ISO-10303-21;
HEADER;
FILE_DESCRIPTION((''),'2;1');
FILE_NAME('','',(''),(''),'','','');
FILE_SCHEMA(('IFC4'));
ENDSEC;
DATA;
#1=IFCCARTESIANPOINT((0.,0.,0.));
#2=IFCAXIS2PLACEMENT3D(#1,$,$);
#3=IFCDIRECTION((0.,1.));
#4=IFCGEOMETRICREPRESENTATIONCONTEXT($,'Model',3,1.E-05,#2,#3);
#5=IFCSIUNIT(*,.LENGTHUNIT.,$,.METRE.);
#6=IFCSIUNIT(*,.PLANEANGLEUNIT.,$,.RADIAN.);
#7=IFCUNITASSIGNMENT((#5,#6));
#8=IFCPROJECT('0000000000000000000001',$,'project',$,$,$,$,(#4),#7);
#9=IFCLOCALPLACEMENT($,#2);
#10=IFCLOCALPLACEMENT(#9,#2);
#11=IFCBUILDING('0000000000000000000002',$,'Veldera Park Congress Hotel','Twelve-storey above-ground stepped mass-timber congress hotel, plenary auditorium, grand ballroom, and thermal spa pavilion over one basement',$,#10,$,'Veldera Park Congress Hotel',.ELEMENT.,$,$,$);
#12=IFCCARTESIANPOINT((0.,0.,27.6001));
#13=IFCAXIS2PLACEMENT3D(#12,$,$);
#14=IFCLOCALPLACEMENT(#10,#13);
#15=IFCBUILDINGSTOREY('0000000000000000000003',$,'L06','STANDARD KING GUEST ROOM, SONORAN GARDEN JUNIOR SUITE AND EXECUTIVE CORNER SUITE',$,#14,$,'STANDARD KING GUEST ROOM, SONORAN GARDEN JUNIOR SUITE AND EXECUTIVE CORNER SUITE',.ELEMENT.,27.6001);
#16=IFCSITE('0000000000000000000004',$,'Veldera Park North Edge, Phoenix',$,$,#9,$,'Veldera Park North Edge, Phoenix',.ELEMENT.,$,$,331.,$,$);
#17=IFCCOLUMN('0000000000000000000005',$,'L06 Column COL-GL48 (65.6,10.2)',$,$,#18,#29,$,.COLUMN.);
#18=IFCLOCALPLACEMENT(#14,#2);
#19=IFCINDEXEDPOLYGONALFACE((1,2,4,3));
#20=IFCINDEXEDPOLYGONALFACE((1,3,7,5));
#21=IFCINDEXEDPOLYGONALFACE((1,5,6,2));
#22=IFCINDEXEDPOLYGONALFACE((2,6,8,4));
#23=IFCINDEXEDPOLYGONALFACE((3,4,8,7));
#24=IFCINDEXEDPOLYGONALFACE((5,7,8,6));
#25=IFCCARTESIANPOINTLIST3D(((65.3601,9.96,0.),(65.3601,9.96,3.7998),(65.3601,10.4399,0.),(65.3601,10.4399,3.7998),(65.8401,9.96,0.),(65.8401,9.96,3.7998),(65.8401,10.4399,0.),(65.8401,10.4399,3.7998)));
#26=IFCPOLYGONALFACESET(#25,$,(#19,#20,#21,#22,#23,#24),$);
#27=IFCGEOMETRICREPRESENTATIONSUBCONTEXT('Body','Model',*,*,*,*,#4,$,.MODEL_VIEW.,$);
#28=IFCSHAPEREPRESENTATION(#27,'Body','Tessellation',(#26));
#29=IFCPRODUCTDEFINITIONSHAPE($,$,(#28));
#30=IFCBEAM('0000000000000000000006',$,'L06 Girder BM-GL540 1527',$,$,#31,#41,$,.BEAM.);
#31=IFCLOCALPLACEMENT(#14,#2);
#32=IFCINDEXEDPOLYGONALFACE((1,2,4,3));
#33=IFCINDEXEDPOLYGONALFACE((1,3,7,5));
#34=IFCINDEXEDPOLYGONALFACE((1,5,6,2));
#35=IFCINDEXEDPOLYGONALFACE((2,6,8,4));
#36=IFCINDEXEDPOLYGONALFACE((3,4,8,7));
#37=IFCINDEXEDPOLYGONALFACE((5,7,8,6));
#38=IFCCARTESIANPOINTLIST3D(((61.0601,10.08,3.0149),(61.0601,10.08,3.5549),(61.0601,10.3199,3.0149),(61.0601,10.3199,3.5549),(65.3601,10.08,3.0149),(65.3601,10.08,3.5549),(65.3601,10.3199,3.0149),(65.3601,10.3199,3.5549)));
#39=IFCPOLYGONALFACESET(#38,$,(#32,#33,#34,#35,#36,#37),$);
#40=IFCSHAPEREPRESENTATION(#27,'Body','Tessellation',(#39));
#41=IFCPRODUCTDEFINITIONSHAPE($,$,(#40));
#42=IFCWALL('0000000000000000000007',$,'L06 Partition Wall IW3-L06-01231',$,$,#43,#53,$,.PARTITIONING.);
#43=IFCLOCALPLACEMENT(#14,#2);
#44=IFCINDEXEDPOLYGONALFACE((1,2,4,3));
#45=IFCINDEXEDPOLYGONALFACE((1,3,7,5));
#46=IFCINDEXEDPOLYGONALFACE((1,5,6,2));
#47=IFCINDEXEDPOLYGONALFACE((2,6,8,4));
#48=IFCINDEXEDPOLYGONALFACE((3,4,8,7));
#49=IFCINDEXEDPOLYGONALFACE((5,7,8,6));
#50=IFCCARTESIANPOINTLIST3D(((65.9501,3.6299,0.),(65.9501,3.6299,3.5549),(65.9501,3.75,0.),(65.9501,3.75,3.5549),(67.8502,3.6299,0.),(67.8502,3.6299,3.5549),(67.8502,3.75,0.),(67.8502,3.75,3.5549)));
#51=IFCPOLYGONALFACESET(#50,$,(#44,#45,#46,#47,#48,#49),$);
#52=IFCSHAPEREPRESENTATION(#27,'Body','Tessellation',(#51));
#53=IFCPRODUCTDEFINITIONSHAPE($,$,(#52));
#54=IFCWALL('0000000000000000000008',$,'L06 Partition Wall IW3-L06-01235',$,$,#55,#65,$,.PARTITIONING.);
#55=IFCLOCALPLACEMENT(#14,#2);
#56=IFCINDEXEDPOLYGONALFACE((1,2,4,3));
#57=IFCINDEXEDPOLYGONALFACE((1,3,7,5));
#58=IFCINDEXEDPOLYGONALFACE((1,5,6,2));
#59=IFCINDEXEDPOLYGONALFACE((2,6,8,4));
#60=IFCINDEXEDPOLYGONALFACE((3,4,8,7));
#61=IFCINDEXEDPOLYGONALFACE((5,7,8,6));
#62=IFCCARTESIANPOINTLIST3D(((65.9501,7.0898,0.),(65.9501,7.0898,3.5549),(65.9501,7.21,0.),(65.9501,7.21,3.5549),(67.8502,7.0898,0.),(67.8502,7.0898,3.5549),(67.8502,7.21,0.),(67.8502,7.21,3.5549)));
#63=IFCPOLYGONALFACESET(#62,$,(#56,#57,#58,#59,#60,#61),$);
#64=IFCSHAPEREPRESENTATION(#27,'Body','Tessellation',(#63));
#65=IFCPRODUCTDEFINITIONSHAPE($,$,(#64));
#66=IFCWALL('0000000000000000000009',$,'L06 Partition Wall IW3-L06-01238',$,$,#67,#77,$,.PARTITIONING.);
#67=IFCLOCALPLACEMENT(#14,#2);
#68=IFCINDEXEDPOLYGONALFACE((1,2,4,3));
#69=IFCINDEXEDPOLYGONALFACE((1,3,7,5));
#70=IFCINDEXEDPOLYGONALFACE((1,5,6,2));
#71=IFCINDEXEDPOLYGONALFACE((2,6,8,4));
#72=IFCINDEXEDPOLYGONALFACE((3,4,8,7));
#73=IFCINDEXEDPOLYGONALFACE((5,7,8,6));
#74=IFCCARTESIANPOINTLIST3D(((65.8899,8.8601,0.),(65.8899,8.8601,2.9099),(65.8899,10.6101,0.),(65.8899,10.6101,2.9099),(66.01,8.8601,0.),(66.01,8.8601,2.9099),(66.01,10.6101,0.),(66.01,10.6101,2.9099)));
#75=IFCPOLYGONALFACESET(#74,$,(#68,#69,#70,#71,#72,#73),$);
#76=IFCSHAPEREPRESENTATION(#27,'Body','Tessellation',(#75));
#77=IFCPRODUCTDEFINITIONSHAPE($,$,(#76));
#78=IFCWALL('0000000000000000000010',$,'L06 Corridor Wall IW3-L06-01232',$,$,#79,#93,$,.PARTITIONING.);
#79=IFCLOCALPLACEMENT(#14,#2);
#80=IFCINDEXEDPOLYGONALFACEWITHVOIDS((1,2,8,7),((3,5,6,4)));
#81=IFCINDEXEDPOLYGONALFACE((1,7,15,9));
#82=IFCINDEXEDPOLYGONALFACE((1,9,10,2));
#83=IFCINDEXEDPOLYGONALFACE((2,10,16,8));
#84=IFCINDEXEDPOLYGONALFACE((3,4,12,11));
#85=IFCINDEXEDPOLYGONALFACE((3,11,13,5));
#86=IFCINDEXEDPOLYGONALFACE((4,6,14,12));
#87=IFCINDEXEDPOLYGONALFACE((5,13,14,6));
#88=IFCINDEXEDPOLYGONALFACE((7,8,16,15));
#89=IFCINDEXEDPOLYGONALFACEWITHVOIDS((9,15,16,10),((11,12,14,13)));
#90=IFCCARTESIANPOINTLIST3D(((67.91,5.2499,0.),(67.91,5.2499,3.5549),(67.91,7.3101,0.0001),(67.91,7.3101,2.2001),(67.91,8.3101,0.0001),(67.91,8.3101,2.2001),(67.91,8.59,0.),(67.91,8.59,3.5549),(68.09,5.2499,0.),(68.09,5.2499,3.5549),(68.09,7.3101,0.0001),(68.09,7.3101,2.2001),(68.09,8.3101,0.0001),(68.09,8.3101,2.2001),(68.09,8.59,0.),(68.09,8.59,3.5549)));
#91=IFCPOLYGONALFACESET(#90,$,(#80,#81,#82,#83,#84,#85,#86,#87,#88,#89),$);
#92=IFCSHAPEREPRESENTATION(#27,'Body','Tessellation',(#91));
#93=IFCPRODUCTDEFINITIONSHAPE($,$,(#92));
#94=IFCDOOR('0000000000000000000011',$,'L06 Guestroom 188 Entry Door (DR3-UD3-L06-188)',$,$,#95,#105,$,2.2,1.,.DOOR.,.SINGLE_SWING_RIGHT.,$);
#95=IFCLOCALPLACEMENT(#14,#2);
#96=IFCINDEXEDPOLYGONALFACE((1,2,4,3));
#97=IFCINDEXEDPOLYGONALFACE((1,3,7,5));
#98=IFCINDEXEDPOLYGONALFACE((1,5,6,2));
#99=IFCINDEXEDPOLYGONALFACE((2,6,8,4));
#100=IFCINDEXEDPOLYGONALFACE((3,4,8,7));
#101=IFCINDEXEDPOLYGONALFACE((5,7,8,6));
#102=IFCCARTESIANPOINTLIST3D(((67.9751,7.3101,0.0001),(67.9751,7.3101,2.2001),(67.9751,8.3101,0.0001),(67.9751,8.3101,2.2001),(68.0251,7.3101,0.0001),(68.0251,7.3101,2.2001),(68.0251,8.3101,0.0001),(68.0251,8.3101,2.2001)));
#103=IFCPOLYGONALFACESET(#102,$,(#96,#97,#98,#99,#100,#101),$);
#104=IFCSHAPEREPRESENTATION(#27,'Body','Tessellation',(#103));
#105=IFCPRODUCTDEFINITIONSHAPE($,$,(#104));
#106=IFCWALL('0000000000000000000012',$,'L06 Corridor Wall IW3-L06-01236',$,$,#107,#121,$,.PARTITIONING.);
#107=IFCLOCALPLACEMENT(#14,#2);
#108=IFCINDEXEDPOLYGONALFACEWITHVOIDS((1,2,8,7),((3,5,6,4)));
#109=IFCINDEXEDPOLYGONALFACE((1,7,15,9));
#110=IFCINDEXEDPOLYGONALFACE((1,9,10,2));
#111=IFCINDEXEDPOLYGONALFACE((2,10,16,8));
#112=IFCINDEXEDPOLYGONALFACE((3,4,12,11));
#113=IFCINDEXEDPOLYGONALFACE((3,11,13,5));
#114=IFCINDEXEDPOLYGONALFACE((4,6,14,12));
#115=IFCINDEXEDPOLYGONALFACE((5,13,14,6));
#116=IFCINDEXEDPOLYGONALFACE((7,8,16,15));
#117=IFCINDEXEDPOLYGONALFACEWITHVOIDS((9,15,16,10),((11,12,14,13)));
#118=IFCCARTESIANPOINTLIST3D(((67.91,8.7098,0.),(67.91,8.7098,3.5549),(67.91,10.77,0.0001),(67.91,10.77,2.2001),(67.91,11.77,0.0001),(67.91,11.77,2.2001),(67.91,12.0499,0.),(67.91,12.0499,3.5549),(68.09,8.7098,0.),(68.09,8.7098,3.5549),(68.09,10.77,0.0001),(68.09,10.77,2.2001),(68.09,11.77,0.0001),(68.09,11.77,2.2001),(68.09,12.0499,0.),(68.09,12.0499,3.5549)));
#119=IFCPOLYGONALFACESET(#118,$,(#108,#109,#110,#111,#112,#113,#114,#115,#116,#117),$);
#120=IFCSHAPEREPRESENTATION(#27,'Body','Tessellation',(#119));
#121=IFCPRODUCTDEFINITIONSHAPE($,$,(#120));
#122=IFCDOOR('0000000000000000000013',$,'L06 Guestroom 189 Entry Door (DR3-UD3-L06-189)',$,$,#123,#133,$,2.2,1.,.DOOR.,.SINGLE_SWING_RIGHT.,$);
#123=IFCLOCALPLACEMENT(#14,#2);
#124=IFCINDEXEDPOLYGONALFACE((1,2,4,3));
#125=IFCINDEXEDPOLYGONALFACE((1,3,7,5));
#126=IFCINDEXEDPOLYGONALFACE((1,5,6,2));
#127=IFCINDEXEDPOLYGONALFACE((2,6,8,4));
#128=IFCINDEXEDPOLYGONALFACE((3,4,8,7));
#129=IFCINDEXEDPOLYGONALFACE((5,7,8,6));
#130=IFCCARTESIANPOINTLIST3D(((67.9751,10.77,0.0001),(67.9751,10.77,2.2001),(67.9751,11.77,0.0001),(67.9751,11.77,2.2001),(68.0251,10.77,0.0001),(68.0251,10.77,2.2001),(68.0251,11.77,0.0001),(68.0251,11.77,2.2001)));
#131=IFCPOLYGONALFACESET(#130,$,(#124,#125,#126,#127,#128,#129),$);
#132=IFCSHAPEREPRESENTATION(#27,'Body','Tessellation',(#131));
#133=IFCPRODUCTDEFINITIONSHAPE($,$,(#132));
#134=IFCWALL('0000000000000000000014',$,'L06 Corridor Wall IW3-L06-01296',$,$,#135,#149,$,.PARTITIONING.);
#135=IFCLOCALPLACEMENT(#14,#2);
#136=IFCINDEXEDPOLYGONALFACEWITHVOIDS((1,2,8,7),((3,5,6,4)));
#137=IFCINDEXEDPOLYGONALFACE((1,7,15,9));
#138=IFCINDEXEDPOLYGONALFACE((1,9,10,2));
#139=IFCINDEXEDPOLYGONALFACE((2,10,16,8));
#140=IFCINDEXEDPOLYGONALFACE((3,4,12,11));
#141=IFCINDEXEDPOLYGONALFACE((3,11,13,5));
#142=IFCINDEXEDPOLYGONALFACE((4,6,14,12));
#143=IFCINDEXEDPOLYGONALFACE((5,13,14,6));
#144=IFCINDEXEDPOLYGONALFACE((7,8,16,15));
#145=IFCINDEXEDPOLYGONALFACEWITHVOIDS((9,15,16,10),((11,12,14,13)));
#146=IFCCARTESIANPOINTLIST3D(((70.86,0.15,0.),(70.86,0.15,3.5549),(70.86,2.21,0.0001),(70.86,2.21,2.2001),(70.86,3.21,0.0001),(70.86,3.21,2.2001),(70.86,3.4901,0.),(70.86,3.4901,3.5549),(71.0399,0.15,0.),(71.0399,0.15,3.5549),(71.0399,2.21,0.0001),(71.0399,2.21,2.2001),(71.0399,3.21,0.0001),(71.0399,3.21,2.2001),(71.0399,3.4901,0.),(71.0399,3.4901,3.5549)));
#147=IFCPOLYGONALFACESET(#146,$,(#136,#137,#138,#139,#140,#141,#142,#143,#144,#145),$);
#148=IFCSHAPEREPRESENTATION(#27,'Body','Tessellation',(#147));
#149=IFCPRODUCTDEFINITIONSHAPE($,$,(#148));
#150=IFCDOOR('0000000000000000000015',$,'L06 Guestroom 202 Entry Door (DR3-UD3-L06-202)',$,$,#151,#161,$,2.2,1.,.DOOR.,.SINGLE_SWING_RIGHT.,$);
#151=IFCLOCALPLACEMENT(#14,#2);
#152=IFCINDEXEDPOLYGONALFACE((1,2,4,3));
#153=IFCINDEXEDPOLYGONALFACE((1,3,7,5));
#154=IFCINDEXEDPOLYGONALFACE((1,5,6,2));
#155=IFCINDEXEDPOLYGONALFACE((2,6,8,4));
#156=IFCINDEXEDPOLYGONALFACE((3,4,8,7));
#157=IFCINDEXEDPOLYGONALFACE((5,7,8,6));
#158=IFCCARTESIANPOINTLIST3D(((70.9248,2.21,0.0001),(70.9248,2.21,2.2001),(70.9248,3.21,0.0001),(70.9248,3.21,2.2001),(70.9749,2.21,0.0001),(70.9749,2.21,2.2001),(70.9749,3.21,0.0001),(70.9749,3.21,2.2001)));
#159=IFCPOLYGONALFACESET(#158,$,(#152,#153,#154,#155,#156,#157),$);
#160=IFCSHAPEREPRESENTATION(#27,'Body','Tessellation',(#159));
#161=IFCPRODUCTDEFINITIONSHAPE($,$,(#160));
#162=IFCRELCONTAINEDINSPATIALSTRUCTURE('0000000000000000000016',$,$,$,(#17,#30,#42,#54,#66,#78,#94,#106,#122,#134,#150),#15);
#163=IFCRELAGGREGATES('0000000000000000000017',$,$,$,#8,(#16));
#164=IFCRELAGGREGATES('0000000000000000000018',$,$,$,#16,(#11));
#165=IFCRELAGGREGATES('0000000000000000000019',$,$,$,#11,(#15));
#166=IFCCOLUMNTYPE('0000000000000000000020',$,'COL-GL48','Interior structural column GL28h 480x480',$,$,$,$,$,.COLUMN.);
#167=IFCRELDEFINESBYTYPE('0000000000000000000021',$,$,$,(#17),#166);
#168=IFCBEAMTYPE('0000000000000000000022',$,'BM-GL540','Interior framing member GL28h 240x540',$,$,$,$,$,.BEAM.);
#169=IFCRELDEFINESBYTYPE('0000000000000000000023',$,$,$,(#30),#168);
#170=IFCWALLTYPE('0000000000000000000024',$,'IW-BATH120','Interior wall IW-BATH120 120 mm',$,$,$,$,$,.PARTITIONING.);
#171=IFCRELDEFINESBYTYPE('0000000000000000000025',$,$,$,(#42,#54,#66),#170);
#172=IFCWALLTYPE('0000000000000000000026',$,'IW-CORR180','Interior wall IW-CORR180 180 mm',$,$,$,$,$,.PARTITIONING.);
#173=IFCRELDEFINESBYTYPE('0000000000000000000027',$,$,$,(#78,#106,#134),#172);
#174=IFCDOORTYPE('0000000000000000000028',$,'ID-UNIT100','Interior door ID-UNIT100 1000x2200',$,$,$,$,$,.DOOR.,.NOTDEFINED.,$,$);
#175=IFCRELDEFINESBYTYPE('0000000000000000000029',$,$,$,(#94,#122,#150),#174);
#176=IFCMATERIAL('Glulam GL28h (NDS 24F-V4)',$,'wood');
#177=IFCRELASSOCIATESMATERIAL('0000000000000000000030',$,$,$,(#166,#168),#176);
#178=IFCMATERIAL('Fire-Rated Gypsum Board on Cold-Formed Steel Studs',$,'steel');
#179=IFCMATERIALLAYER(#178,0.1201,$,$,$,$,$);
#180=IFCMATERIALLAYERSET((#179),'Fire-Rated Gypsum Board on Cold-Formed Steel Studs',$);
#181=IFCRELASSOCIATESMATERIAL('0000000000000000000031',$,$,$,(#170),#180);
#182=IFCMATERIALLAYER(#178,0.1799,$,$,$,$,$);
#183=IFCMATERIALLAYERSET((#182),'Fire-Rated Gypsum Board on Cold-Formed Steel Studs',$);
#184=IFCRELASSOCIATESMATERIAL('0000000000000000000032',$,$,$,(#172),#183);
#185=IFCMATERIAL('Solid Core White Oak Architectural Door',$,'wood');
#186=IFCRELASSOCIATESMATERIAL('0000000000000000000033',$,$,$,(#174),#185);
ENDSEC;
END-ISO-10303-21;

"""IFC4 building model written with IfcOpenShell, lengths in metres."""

from ifc_helpers import new_model, si_unit, direction, frame, frame_2d, origin, origin_2d, place, context, subcontext, project, spatial, rectangle, extrude, material, layer, layer_set, material_profile, profile_set, type_object, element, fill, save


model = new_model("IFC4")

# Units and contexts
model_context = context("Model", 3, precision=1e-05, world=origin(), true_north=direction((0.0, 1.0)))
body_context = subcontext(model_context, "Body", "Model", "MODEL_VIEW")
ifc_project = project(units=[si_unit("LENGTHUNIT", "METRE"), si_unit("PLANEANGLEUNIT", "RADIAN")], contexts=[model_context])

# Site, building, storey
site_placement = place(None, origin())
site = spatial("IfcSite", under=ifc_project, at=site_placement, Name="Veldera Park North Edge, Phoenix", LongName="Veldera Park North Edge, Phoenix", CompositionType="ELEMENT", RefElevation=331.0)
building_placement = place(site_placement, origin())
building = spatial("IfcBuilding", under=site, at=building_placement, Name="Veldera Park Congress Hotel", Description="Twelve-storey above-ground stepped mass-timber congress hotel, plenary auditorium, grand ballroom, and thermal spa pavilion over one basement", LongName="Veldera Park Congress Hotel", CompositionType="ELEMENT")
storey_placement = place(building_placement, frame((0.0, 0.0, 27.6001)))
storey = spatial("IfcBuildingStorey", under=building, at=storey_placement, Name="L06", Description="STANDARD KING GUEST ROOM, SONORAN GARDEN JUNIOR SUITE AND EXECUTIVE CORNER SUITE", LongName="STANDARD KING GUEST ROOM, SONORAN GARDEN JUNIOR SUITE AND EXECUTIVE CORNER SUITE", CompositionType="ELEMENT", Elevation=27.6001)

# Column
ifc_material_1 = material(Name="Glulam GL28h (NDS 24F-V4)", Category="wood")
ifc_material_profile_1 = material_profile(ifc_material_1, rectangle(XDim=0.48, YDim=0.48, at=origin_2d()), Name="GL28h 480x480")
ifc_profile_set_1 = profile_set([ifc_material_profile_1], Name="Glulam GL28h (NDS 24F-V4)")
column_type = type_object("IfcColumnType", Name="COL-GL48", Description="Interior structural column GL28h 480x480", PredefinedType="COLUMN", material=ifc_profile_set_1)
column_placement = place(storey_placement, frame((65.6001, 10.2, 0.0), z_axis=(0.0, 0.0, 1.0), x_axis=(1.0, 0.0, 0.0)))
element("IfcColumn", 1, at=column_placement, inside=storey, type_object=column_type, Name="L06 Column COL-GL48 (65.6,10.2)", PredefinedType="COLUMN", context=body_context, shape_type="SweptSolid", body=[
    extrude(rectangle(XDim=0.48, YDim=0.48, at=origin_2d()), origin(), (0.0, 0.0, 1.0), 3.7998),
])

# Beam
ifc_material_profile_2 = material_profile(ifc_material_1, rectangle(XDim=0.24, YDim=0.54, at=origin_2d()), Name="GL28h 240x540")
ifc_profile_set_2 = profile_set([ifc_material_profile_2], Name="Glulam GL28h (NDS 24F-V4)")
beam_type = type_object("IfcBeamType", Name="BM-GL540", Description="Interior framing member GL28h 240x540", PredefinedType="BEAM", material=ifc_profile_set_2)
beam_placement = place(storey_placement, frame((61.0601, 10.2, 3.2849), z_axis=(1.0, 0.0, 0.0), x_axis=(0.0, 1.0, 0.0)))
element("IfcBeam", 2, at=beam_placement, inside=storey, type_object=beam_type, Name="L06 Girder BM-GL540 1527", PredefinedType="BEAM", context=body_context, shape_type="SweptSolid", body=[
    extrude(rectangle(XDim=0.24, YDim=0.54, at=origin_2d()), origin(), (0.0, 0.0, 1.0), 4.3),
])

# Shared definitions
ifc_material_2 = material(Name="Fire-Rated Gypsum Board on Cold-Formed Steel Studs", Category="steel")
ifc_layer_1 = layer(ifc_material_2, 0.1201)
ifc_layer_set_1 = layer_set([ifc_layer_1], Name="Fire-Rated Gypsum Board on Cold-Formed Steel Studs")
wall_type_1 = type_object("IfcWallType", Name="IW-BATH120", Description="Interior wall IW-BATH120 120 mm", PredefinedType="PARTITIONING", material=ifc_layer_set_1)
ifc_material_3 = material(Name="Solid Core White Oak Architectural Door", Category="wood")

# Wall
wall_1_placement = place(storey_placement, frame((65.95, 3.6899, 0.0), z_axis=(0.0, 0.0, 1.0), x_axis=(1.0, 0.0, 0.0)))
element("IfcWall", 3, at=wall_1_placement, inside=storey, type_object=wall_type_1, Name="L06 Partition Wall IW3-L06-01231", PredefinedType="PARTITIONING", context=body_context, shape_type="SweptSolid", body=[
    extrude(rectangle(XDim=1.9001, YDim=0.1201, at=frame_2d((0.9502, 0.0))), origin(), (0.0, 0.0, 1.0), 3.5549),
])

# Walls
wall_2_placement = place(storey_placement, frame((65.95, 7.1499, 0.0), z_axis=(0.0, 0.0, 1.0), x_axis=(1.0, 0.0, 0.0)))
element("IfcWall", 4, at=wall_2_placement, inside=storey, type_object=wall_type_1, Name="L06 Partition Wall IW3-L06-01235", PredefinedType="PARTITIONING", context=body_context, shape_type="SweptSolid", body=[
    extrude(rectangle(XDim=1.9001, YDim=0.1201, at=frame_2d((0.9502, 0.0))), origin(), (0.0, 0.0, 1.0), 3.5549),
])
wall_3_placement = place(storey_placement, frame((65.95, 8.8601, 0.0), z_axis=(0.0, 0.0, 1.0), x_axis=(0.0, 1.0, 0.0)))
element("IfcWall", 5, at=wall_3_placement, inside=storey, type_object=wall_type_1, Name="L06 Partition Wall IW3-L06-01238", PredefinedType="PARTITIONING", context=body_context, shape_type="SweptSolid", body=[
    extrude(rectangle(XDim=1.75, YDim=0.1201, at=frame_2d((0.875, 0.0))), origin(), (0.0, 0.0, 1.0), 2.9099),
])

# Walls, openings, doors
ifc_layer_2 = layer(ifc_material_2, 0.1799)
ifc_layer_set_2 = layer_set([ifc_layer_2], Name="Fire-Rated Gypsum Board on Cold-Formed Steel Studs")
wall_type_2 = type_object("IfcWallType", Name="IW-CORR180", Description="Interior wall IW-CORR180 180 mm", PredefinedType="PARTITIONING", material=ifc_layer_set_2)
wall_4_placement = place(storey_placement, frame((68.0, 5.25, 0.0), z_axis=(0.0, 0.0, 1.0), x_axis=(0.0, 1.0, 0.0)))
wall_4 = element("IfcWall", 6, at=wall_4_placement, inside=storey, type_object=wall_type_2, Name="L06 Corridor Wall IW3-L06-01232", PredefinedType="PARTITIONING", context=body_context, shape_type="SweptSolid", body=[
    extrude(rectangle(XDim=3.3401, YDim=0.1799, at=frame_2d((1.6699, 0.0))), origin(), (0.0, 0.0, 1.0), 3.5549),
])
opening_1_placement = place(wall_4_placement, frame((2.0601, 0.0, 0.0)))
opening_1 = element("IfcOpeningElement", 7, at=opening_1_placement, cuts=wall_4, PredefinedType="OPENING", context=body_context, shape_type="SweptSolid", body=[
    extrude(rectangle(XDim=1.0, YDim=2.2, at=frame_2d((0.5, 1.1001))), frame((0.0, 0.1021, 0.0), z_axis=(0.0, -1.0, 0.0), x_axis=(1.0, 0.0, 0.0)), (0.0, 0.0, 1.0), 0.2039),
])
door_type_1 = type_object("IfcDoorType", Name="ID-UNIT100", Description="Interior door ID-UNIT100 1000x2200", OperationType="NOTDEFINED", PredefinedType="DOOR", material=ifc_material_3)
door_1_placement = place(opening_1_placement, origin())
door_1 = element("IfcDoor", 8, at=door_1_placement, inside=storey, type_object=door_type_1, Name="L06 Guestroom 188 Entry Door (DR3-UD3-L06-188)", OperationType="SINGLE_SWING_RIGHT", OverallHeight=2.2, OverallWidth=1.0, PredefinedType="DOOR", context=body_context, shape_type="SweptSolid", body=[
    extrude(rectangle(XDim=1.0, YDim=2.2, at=frame_2d((0.5, 1.1001))), frame((0.0, 0.0249, 0.0), z_axis=(0.0, -1.0, 0.0), x_axis=(1.0, 0.0, 0.0)), (0.0, 0.0, 1.0), 0.05),
])
fill(opening_1, door_1)
wall_5_placement = place(storey_placement, frame((68.0, 8.71, 0.0), z_axis=(0.0, 0.0, 1.0), x_axis=(0.0, 1.0, 0.0)))
wall_5 = element("IfcWall", 9, at=wall_5_placement, inside=storey, type_object=wall_type_2, Name="L06 Corridor Wall IW3-L06-01236", PredefinedType="PARTITIONING", context=body_context, shape_type="SweptSolid", body=[
    extrude(rectangle(XDim=3.3401, YDim=0.1799, at=frame_2d((1.6699, 0.0))), origin(), (0.0, 0.0, 1.0), 3.5549),
])
opening_2_placement = place(wall_5_placement, frame((2.0601, 0.0, 0.0)))
opening_2 = element("IfcOpeningElement", 10, at=opening_2_placement, cuts=wall_5, PredefinedType="OPENING", context=body_context, shape_type="SweptSolid", body=[
    extrude(rectangle(XDim=1.0, YDim=2.2, at=frame_2d((0.5, 1.1001))), frame((0.0, 0.1021, 0.0), z_axis=(0.0, -1.0, 0.0), x_axis=(1.0, 0.0, 0.0)), (0.0, 0.0, 1.0), 0.2039),
])
door_2_placement = place(opening_2_placement, origin())
door_2 = element("IfcDoor", 11, at=door_2_placement, inside=storey, type_object=door_type_1, Name="L06 Guestroom 189 Entry Door (DR3-UD3-L06-189)", OperationType="SINGLE_SWING_RIGHT", OverallHeight=2.2, OverallWidth=1.0, PredefinedType="DOOR", context=body_context, shape_type="SweptSolid", body=[
    extrude(rectangle(XDim=1.0, YDim=2.2, at=frame_2d((0.5, 1.1001))), frame((0.0, 0.0249, 0.0), z_axis=(0.0, -1.0, 0.0), x_axis=(1.0, 0.0, 0.0)), (0.0, 0.0, 1.0), 0.05),
])
fill(opening_2, door_2)
wall_6_placement = place(storey_placement, frame((70.95, 3.49, 0.0), z_axis=(0.0, 0.0, 1.0), x_axis=(0.0, -1.0, 0.0)))
wall_6 = element("IfcWall", 12, at=wall_6_placement, inside=storey, type_object=wall_type_2, Name="L06 Corridor Wall IW3-L06-01296", PredefinedType="PARTITIONING", context=body_context, shape_type="SweptSolid", body=[
    extrude(rectangle(XDim=3.3401, YDim=0.1799, at=frame_2d((1.6699, 0.0))), origin(), (0.0, 0.0, 1.0), 3.5549),
])
opening_3_placement = place(wall_6_placement, frame((0.28, 0.0, 0.0)))
opening_3 = element("IfcOpeningElement", 13, at=opening_3_placement, cuts=wall_6, PredefinedType="OPENING", context=body_context, shape_type="SweptSolid", body=[
    extrude(rectangle(XDim=1.0, YDim=2.2, at=frame_2d((0.5, 1.1001))), frame((0.0, 0.1021, 0.0), z_axis=(0.0, -1.0, 0.0), x_axis=(1.0, 0.0, 0.0)), (0.0, 0.0, 1.0), 0.2039),
])
door_3_placement = place(opening_3_placement, origin())
door_3 = element("IfcDoor", 14, at=door_3_placement, inside=storey, type_object=door_type_1, Name="L06 Guestroom 202 Entry Door (DR3-UD3-L06-202)", OperationType="SINGLE_SWING_RIGHT", OverallHeight=2.2, OverallWidth=1.0, PredefinedType="DOOR", context=body_context, shape_type="SweptSolid", body=[
    extrude(rectangle(XDim=1.0, YDim=2.2, at=frame_2d((0.5, 1.1001))), frame((0.0, 0.0249, 0.0), z_axis=(0.0, -1.0, 0.0), x_axis=(1.0, 0.0, 0.0)), (0.0, 0.0, 1.0), 0.05),
])
fill(opening_3, door_3)

save(model, "model.ifc")
